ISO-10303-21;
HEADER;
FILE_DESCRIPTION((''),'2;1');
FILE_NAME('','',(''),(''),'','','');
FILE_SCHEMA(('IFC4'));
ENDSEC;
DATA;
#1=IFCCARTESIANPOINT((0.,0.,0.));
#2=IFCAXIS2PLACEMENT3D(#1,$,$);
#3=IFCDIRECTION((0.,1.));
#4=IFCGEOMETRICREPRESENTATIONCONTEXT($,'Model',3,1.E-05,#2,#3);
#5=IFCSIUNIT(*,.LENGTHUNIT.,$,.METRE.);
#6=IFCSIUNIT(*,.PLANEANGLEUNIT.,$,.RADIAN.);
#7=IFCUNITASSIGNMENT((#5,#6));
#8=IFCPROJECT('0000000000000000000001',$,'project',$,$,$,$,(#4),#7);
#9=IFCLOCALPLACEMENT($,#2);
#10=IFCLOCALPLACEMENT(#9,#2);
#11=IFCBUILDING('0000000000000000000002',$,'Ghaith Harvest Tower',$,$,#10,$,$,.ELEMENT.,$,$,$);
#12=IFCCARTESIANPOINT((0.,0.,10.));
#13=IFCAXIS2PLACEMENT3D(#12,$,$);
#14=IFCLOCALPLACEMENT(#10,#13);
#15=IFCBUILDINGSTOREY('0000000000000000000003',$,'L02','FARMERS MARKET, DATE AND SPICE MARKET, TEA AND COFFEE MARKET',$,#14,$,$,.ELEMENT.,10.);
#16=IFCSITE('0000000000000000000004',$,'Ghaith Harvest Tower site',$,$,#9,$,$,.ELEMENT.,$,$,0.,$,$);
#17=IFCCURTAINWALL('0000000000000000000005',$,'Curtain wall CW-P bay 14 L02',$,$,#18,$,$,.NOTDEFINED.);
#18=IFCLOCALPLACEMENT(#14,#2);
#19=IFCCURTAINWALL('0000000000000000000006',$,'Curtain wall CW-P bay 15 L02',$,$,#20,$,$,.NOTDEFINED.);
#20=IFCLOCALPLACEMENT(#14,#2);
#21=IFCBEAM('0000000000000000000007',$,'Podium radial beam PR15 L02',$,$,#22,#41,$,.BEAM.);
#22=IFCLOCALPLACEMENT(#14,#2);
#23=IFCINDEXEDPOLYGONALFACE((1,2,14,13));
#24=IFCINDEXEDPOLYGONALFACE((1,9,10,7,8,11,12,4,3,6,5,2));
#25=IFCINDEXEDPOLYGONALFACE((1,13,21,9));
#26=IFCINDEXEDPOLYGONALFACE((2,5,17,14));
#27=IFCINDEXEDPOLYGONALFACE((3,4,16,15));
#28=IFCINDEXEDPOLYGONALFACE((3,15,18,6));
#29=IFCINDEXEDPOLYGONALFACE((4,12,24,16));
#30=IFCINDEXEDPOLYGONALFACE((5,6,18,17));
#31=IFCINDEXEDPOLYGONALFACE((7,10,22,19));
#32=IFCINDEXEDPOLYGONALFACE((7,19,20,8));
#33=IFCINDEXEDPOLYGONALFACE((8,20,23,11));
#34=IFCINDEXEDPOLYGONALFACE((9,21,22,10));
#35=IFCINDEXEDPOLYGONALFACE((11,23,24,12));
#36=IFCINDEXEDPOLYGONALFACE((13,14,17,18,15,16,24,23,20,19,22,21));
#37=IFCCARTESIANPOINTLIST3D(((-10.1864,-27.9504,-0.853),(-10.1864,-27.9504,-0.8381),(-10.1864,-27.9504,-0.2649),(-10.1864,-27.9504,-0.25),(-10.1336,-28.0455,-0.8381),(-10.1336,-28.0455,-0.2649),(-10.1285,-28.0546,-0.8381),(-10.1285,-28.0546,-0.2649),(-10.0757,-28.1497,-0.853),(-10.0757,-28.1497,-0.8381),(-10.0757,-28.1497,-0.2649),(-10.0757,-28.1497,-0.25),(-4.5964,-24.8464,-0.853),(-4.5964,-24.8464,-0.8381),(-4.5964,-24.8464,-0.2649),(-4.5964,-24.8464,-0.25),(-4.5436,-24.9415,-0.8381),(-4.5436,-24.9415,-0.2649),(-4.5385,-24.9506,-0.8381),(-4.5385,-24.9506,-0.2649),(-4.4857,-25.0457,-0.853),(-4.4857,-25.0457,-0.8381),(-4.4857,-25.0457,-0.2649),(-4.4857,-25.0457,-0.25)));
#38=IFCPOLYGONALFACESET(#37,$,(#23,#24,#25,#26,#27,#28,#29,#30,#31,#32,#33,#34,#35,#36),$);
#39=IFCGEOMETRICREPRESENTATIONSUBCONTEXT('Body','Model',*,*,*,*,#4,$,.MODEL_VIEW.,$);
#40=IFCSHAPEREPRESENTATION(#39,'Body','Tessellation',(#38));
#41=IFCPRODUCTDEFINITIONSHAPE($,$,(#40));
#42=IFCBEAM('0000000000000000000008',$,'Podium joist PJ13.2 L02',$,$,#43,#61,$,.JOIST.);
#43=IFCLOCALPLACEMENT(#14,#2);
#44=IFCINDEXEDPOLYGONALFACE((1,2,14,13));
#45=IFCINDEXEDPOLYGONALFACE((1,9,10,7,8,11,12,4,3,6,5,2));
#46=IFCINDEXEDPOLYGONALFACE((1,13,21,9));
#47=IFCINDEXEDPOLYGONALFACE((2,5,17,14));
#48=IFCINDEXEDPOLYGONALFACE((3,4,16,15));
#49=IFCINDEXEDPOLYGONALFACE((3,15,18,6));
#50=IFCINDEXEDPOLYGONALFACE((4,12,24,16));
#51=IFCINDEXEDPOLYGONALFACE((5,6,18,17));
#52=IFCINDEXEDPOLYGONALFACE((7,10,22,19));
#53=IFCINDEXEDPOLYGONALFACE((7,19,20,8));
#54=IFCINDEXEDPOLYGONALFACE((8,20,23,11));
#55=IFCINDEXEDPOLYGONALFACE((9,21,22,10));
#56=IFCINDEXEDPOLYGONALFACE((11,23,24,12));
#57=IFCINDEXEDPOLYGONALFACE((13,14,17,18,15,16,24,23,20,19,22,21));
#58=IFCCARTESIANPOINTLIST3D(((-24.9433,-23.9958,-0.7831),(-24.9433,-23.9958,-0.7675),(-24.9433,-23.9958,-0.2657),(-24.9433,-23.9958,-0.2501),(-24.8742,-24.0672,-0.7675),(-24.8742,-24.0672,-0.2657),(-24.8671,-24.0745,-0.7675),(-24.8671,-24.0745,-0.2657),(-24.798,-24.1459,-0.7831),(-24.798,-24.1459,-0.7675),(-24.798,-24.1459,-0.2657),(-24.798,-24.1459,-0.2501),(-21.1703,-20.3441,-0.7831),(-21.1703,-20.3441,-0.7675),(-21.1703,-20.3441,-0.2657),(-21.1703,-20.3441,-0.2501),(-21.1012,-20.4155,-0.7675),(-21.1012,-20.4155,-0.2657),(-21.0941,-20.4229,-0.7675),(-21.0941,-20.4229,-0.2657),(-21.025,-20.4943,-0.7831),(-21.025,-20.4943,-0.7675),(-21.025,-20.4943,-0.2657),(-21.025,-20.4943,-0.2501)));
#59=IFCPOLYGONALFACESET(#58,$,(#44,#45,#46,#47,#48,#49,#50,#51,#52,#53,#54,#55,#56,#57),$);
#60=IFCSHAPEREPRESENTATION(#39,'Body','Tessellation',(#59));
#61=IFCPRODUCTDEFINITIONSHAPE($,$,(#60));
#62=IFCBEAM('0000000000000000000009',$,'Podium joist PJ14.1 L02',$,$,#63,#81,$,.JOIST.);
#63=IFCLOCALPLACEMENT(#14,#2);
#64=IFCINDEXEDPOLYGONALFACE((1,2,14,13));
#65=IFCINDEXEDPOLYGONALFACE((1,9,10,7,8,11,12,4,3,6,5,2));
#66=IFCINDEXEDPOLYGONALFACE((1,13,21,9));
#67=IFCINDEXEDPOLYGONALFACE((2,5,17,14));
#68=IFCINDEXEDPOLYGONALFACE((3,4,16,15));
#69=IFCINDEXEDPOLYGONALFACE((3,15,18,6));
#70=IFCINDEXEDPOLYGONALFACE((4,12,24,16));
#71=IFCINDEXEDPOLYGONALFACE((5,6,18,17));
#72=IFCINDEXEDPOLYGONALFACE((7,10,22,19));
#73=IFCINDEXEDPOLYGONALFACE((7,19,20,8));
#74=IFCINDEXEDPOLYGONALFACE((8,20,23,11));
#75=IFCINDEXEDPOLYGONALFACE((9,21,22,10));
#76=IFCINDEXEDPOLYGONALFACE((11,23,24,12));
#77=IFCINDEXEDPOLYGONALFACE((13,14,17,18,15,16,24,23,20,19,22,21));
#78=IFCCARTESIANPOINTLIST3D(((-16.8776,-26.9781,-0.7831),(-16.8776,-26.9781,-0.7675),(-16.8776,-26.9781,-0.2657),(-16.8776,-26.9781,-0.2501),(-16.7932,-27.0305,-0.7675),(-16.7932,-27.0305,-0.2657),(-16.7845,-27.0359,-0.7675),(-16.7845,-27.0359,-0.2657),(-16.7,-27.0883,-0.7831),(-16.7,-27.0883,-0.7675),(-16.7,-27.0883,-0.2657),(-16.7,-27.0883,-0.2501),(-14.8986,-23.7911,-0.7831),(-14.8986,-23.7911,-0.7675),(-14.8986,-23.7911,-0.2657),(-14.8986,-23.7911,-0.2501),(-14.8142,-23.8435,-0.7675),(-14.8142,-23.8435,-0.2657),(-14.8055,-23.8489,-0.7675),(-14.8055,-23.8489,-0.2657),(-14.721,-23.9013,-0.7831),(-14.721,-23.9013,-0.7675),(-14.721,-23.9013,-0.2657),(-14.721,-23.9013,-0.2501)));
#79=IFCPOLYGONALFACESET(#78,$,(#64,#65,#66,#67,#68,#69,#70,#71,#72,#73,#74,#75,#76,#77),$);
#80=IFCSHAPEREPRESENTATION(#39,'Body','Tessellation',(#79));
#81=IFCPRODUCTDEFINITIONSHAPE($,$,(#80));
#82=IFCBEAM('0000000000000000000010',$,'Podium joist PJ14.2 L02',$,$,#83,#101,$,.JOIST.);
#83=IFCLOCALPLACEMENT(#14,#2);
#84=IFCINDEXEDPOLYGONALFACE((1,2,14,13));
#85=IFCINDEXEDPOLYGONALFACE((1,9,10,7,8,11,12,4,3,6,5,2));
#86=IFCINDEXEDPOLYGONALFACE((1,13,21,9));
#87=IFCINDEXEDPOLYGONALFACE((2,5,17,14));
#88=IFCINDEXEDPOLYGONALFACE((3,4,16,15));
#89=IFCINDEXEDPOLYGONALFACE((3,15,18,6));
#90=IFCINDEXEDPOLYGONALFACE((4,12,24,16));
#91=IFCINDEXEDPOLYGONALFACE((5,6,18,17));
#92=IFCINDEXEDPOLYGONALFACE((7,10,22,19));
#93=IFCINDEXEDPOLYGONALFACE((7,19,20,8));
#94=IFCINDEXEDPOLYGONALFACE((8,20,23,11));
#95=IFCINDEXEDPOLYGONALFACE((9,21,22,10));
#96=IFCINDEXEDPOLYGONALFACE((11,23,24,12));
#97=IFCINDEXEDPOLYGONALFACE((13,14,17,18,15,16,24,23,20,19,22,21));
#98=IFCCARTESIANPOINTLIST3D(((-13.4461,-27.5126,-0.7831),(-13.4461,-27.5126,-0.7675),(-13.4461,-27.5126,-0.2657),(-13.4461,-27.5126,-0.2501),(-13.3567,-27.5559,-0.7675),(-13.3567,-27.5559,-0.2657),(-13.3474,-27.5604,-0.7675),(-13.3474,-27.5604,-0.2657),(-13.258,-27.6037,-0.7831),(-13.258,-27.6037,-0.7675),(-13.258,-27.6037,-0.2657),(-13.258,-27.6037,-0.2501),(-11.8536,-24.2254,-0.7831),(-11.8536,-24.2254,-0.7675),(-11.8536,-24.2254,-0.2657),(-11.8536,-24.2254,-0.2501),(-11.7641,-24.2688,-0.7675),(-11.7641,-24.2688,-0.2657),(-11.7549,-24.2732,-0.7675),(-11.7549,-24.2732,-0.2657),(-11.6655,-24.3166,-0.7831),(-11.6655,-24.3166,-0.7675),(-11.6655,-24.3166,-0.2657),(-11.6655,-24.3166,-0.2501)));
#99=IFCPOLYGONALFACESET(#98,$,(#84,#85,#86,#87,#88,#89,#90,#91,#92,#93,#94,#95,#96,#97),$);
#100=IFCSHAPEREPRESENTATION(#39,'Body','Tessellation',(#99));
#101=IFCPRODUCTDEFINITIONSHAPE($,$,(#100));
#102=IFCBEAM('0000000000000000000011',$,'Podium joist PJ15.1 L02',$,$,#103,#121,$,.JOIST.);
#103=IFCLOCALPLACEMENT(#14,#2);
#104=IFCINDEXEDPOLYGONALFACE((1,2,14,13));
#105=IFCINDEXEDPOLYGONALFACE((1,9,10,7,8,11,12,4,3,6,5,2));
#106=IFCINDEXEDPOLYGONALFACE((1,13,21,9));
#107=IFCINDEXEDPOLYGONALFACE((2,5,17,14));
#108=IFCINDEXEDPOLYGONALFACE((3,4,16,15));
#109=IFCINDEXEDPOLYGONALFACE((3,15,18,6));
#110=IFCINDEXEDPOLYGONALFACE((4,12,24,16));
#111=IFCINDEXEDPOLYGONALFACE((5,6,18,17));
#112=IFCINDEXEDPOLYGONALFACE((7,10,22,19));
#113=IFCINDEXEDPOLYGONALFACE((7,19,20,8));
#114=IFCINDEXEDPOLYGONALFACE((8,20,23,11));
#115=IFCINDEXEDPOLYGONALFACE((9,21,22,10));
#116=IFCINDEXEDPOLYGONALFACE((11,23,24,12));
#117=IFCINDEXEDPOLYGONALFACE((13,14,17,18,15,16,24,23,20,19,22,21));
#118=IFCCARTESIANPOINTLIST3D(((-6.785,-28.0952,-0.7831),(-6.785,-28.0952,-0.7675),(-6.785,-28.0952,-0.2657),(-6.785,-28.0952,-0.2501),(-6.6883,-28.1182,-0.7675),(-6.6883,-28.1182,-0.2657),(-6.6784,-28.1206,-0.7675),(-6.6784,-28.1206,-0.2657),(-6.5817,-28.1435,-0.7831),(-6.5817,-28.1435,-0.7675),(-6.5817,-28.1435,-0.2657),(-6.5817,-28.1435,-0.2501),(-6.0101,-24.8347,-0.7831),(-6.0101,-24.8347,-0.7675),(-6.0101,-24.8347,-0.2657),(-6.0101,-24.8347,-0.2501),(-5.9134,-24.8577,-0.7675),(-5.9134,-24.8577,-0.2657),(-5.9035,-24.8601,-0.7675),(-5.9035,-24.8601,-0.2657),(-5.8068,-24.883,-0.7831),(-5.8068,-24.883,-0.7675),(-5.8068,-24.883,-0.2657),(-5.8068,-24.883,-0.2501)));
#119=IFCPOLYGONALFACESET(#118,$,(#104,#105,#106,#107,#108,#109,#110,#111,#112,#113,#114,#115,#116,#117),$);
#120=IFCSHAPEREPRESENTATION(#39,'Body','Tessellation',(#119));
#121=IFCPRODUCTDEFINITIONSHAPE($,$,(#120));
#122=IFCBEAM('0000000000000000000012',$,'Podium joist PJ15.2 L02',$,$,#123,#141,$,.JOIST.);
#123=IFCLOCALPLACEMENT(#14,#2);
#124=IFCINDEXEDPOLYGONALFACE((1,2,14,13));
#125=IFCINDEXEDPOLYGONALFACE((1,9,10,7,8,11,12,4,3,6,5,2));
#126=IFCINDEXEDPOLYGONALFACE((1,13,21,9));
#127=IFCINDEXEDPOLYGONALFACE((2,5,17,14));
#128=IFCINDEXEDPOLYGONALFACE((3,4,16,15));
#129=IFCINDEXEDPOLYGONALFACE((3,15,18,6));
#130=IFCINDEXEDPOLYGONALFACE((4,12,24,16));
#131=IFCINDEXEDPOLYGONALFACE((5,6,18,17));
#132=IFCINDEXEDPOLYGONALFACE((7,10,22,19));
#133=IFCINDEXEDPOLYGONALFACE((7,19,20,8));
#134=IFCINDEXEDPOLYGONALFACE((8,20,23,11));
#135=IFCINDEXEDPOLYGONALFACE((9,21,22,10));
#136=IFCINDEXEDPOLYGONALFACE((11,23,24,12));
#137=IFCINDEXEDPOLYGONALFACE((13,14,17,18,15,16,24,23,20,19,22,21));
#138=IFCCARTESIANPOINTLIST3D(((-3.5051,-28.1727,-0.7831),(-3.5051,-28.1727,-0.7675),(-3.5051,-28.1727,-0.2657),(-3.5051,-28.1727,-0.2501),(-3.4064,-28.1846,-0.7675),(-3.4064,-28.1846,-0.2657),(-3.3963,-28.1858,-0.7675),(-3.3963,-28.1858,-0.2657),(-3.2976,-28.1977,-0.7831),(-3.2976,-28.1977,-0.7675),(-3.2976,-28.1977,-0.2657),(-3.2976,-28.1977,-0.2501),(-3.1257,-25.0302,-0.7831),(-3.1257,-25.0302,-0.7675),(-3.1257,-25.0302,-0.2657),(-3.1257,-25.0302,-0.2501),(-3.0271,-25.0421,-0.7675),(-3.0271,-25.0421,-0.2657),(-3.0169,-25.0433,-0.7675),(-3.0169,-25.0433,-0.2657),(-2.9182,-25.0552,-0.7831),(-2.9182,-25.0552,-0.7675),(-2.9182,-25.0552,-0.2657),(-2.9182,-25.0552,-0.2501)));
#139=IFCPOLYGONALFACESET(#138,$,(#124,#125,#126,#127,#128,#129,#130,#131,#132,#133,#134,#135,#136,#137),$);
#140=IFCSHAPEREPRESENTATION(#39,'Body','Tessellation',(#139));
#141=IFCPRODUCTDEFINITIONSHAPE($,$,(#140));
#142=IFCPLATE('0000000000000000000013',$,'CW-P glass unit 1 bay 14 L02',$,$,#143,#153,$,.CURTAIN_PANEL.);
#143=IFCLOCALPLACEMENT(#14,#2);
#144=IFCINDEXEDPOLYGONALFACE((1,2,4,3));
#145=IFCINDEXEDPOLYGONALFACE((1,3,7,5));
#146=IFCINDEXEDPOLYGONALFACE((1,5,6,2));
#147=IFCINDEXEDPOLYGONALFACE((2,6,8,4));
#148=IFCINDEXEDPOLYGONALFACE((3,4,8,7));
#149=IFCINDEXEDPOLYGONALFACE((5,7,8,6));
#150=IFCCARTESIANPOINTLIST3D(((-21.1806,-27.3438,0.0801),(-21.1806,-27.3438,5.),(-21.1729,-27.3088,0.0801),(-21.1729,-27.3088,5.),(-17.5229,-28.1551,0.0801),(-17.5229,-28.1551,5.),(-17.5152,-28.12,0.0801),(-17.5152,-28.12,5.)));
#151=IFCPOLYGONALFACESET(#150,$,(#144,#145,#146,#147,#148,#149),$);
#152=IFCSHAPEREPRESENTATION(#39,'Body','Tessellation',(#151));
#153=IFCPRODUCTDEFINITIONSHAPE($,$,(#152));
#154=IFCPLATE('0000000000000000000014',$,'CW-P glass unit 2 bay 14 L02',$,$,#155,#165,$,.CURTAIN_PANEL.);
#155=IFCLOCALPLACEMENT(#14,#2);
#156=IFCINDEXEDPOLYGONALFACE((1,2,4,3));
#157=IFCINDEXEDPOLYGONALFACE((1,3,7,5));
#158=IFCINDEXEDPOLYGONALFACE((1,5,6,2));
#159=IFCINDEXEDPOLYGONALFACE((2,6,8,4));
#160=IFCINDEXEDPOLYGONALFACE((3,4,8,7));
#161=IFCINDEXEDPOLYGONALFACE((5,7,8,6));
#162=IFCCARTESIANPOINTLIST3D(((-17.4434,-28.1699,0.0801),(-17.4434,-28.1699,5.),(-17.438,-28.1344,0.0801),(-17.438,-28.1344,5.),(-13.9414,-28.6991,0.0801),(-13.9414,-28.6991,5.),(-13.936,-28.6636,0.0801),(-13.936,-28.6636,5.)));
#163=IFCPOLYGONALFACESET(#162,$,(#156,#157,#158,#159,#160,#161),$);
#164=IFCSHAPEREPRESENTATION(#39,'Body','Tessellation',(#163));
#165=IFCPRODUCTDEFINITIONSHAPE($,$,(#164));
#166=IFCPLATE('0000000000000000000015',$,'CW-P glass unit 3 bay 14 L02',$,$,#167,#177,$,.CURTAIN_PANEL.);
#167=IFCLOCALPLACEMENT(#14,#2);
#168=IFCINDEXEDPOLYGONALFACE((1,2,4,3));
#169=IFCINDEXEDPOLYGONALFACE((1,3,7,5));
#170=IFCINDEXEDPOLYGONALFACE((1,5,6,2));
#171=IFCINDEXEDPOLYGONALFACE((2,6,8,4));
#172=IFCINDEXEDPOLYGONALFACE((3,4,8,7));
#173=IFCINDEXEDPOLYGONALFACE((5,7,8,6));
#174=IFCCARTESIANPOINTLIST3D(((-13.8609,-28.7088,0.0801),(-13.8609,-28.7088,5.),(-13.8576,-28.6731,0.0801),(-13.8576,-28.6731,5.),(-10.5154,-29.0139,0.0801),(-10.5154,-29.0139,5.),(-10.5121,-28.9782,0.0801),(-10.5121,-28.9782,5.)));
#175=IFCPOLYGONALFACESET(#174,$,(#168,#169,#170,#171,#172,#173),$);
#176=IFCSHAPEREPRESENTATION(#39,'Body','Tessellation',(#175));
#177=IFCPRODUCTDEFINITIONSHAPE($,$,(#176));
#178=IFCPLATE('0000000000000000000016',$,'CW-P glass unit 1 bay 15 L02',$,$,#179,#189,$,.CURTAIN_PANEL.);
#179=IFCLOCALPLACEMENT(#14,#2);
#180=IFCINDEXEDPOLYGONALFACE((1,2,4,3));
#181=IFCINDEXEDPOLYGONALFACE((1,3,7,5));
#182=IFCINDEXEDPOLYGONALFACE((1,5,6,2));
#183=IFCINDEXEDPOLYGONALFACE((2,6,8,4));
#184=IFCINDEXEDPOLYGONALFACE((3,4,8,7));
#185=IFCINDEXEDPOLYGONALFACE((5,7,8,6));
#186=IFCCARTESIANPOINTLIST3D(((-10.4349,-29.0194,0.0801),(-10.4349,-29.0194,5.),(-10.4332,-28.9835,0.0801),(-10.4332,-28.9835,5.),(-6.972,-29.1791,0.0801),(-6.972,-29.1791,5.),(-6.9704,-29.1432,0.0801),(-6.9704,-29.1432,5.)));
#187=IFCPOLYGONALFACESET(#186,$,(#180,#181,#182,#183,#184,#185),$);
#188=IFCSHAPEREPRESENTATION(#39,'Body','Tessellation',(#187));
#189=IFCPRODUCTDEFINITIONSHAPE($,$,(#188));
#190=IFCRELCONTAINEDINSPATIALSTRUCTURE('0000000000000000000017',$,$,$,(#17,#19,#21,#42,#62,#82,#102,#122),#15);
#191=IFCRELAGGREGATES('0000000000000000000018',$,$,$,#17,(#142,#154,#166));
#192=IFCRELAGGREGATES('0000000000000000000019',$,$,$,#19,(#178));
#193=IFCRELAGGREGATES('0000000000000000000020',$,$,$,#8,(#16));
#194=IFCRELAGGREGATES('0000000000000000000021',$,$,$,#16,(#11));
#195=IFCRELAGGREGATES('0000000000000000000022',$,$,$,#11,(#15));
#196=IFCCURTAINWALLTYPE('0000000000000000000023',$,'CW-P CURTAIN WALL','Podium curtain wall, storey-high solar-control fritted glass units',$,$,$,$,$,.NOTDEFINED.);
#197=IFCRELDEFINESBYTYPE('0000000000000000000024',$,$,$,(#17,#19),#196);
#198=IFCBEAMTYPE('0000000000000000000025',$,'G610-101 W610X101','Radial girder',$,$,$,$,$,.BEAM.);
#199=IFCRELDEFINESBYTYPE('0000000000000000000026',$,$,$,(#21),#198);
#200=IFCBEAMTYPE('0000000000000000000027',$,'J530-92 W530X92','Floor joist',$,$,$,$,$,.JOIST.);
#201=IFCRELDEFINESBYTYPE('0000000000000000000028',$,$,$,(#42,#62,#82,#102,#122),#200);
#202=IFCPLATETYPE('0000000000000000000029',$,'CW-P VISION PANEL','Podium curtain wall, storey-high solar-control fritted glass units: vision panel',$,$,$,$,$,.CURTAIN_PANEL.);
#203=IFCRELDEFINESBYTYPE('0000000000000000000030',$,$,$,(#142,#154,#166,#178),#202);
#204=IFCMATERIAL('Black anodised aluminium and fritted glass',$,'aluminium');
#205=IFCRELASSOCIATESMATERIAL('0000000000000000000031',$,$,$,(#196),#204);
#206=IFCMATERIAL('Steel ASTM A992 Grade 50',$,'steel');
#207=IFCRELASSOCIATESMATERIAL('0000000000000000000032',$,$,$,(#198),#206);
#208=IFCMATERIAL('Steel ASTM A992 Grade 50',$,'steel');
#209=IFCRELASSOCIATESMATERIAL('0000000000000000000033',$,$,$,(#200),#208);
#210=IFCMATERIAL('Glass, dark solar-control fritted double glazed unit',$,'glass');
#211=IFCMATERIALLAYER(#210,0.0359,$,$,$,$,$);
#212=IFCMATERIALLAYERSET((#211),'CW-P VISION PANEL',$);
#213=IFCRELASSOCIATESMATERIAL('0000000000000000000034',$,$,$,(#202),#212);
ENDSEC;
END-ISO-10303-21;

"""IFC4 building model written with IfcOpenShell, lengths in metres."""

from ifc_helpers import new_model, si_unit, direction, frame, origin, origin_2d, place, context, subcontext, project, spatial, rectangle, i_section, extrude, material, layer, layer_set, material_profile, profile_set, type_object, element, aggregate, save


model = new_model("IFC4")

# Units and contexts
model_context = context("Model", 3, precision=1e-05, world=origin(), true_north=direction((0.0, 1.0)))
body_context = subcontext(model_context, "Body", "Model", "MODEL_VIEW")
ifc_project = project(units=[si_unit("LENGTHUNIT", "METRE"), si_unit("PLANEANGLEUNIT", "RADIAN")], contexts=[model_context])

# Site, building, storey
site_placement = place(None, origin())
site = spatial("IfcSite", under=ifc_project, at=site_placement, Name="Ghaith Harvest Tower site", CompositionType="ELEMENT", RefElevation=0.0)
building_placement = place(site_placement, origin())
building = spatial("IfcBuilding", under=site, at=building_placement, Name="Ghaith Harvest Tower", CompositionType="ELEMENT")
storey_placement = place(building_placement, frame((0.0, 0.0, 10.0)))
storey = spatial("IfcBuildingStorey", under=building, at=storey_placement, Name="L02", Description="FARMERS MARKET, DATE AND SPICE MARKET, TEA AND COFFEE MARKET", CompositionType="ELEMENT", Elevation=10.0)

# Curtain walls
ifc_material_1 = material(Name="Black anodised aluminium and fritted glass", Category="aluminium")
curtain_wall_type = type_object("IfcCurtainWallType", Name="CW-P CURTAIN WALL", Description="Podium curtain wall, storey-high solar-control fritted glass units", PredefinedType="NOTDEFINED", material=ifc_material_1)
curtain_wall_1_placement = place(storey_placement, origin())
curtain_wall_1 = element("IfcCurtainWall", 1, at=curtain_wall_1_placement, inside=storey, type_object=curtain_wall_type, Name="Curtain wall CW-P bay 14 L02", PredefinedType="NOTDEFINED")
curtain_wall_2_placement = place(storey_placement, origin())
curtain_wall_2 = element("IfcCurtainWall", 2, at=curtain_wall_2_placement, inside=storey, type_object=curtain_wall_type, Name="Curtain wall CW-P bay 15 L02", PredefinedType="NOTDEFINED")

# Beams
ifc_material_2 = material(Name="Steel ASTM A992 Grade 50", Category="steel")
ifc_material_profile_1 = material_profile(ifc_material_2, i_section(OverallWidth=0.228, OverallDepth=0.603, WebThickness=0.0105, FlangeThickness=0.0149, at=origin_2d()), Name="W610X101")
ifc_profile_set_1 = profile_set([ifc_material_profile_1], Name="Steel ASTM A992 Grade 50")
beam_type_1 = type_object("IfcBeamType", Name="G610-101 W610X101", Description="Radial girder", PredefinedType="BEAM", material=ifc_profile_set_1)
beam_1_placement = place(storey_placement, frame((-4.541, -24.946, -0.5515), z_axis=(-0.874264, -0.485452, 0.0), x_axis=(0.485452, -0.874264, 0.0)))
element("IfcBeam", 3, at=beam_1_placement, inside=storey, type_object=beam_type_1, Name="Podium radial beam PR15 L02", PredefinedType="BEAM", context=body_context, shape_type="SweptSolid", body=[
    extrude(i_section(OverallWidth=0.228, OverallDepth=0.603, WebThickness=0.0105, FlangeThickness=0.0149, at=origin_2d()), origin(), (0.0, 0.0, 1.0), 6.394),
])
ifc_material_3 = material(Name="Steel ASTM A992 Grade 50", Category="steel")
ifc_material_profile_2 = material_profile(ifc_material_3, i_section(OverallWidth=0.209, OverallDepth=0.533, WebThickness=0.0103, FlangeThickness=0.0156, at=origin_2d()), Name="W530X92")
ifc_profile_set_2 = profile_set([ifc_material_profile_2], Name="Steel ASTM A992 Grade 50")
beam_type_2 = type_object("IfcBeamType", Name="J530-92 W530X92", Description="Floor joist", PredefinedType="JOIST", material=ifc_profile_set_2)
beam_2_placement = place(storey_placement, frame((-21.0977, -20.4192, -0.5166), z_axis=(-0.718567, -0.695458, 0.0), x_axis=(0.695458, -0.718567, 0.0)))
element("IfcBeam", 4, at=beam_2_placement, inside=storey, type_object=beam_type_2, Name="Podium joist PJ13.2 L02", PredefinedType="JOIST", context=body_context, shape_type="SweptSolid", body=[
    extrude(i_section(OverallWidth=0.209, OverallDepth=0.533, WebThickness=0.0103, FlangeThickness=0.0156, at=origin_2d()), origin(), (0.0, 0.0, 1.0), 5.2507),
])
beam_3_placement = place(storey_placement, frame((-14.8098, -23.8462, -0.5166), z_axis=(-0.527528, -0.849538, 0.0), x_axis=(0.849538, -0.527528, 0.0)))
element("IfcBeam", 5, at=beam_3_placement, inside=storey, type_object=beam_type_2, Name="Podium joist PJ14.1 L02", PredefinedType="JOIST", context=body_context, shape_type="SweptSolid", body=[
    extrude(i_section(OverallWidth=0.209, OverallDepth=0.533, WebThickness=0.0103, FlangeThickness=0.0156, at=origin_2d()), origin(), (0.0, 0.0, 1.0), 3.7515),
])
beam_4_placement = place(storey_placement, frame((-11.7595, -24.271, -0.5166), z_axis=(-0.436003, -0.899945, 0.0), x_axis=(0.899945, -0.436003, 0.0)))
element("IfcBeam", 6, at=beam_4_placement, inside=storey, type_object=beam_type_2, Name="Podium joist PJ14.2 L02", PredefinedType="JOIST", context=body_context, shape_type="SweptSolid", body=[
    extrude(i_section(OverallWidth=0.209, OverallDepth=0.533, WebThickness=0.0103, FlangeThickness=0.0156, at=origin_2d()), origin(), (0.0, 0.0, 1.0), 3.6526),
])
beam_5_placement = place(storey_placement, frame((-5.9084, -24.8589, -0.5166), z_axis=(-0.231223, -0.972901, 0.0), x_axis=(0.972901, -0.231223, 0.0)))
element("IfcBeam", 7, at=beam_5_placement, inside=storey, type_object=beam_type_2, Name="Podium joist PJ15.1 L02", PredefinedType="JOIST", context=body_context, shape_type="SweptSolid", body=[
    extrude(i_section(OverallWidth=0.209, OverallDepth=0.533, WebThickness=0.0103, FlangeThickness=0.0156, at=origin_2d()), origin(), (0.0, 0.0, 1.0), 3.3513),
])
beam_6_placement = place(storey_placement, frame((-3.022, -25.0427, -0.5166), z_axis=(-0.119857, -0.992791, 0.0), x_axis=(0.992791, -0.119857, 0.0)))
element("IfcBeam", 8, at=beam_6_placement, inside=storey, type_object=beam_type_2, Name="Podium joist PJ15.2 L02", PredefinedType="JOIST", context=body_context, shape_type="SweptSolid", body=[
    extrude(i_section(OverallWidth=0.209, OverallDepth=0.533, WebThickness=0.0103, FlangeThickness=0.0156, at=origin_2d()), origin(), (0.0, 0.0, 1.0), 3.1653),
])

# Plates
ifc_material_4 = material(Name="Glass, dark solar-control fritted double glazed unit", Category="glass")
ifc_layer_1 = layer(ifc_material_4, 0.0359)
ifc_layer_set_1 = layer_set([ifc_layer_1], Name="CW-P VISION PANEL")
plate_type = type_object("IfcPlateType", Name="CW-P VISION PANEL", Description="Podium curtain wall, storey-high solar-control fritted glass units: vision panel", PredefinedType="CURTAIN_PANEL", material=ifc_layer_set_1)
plate_1_placement = place(storey_placement, frame((-19.3479, -27.7319, 0.0801), z_axis=(0.0, 0.0, 1.0), x_axis=(0.976277, -0.216524, 0.0)))
plate_1 = element("IfcPlate", 9, at=plate_1_placement, type_object=plate_type, Name="CW-P glass unit 1 bay 14 L02", PredefinedType="CURTAIN_PANEL", context=body_context, shape_type="SweptSolid", body=[
    extrude(rectangle(XDim=3.7466, YDim=0.0359, at=origin_2d()), origin(), (0.0, 0.0, 1.0), 4.9199),
])
plate_2_placement = place(storey_placement, frame((-15.6897, -28.4167, 0.0801), z_axis=(0.0, 0.0, 1.0), x_axis=(0.988774, -0.149419, 0.0)))
plate_2 = element("IfcPlate", 10, at=plate_2_placement, type_object=plate_type, Name="CW-P glass unit 2 bay 14 L02", PredefinedType="CURTAIN_PANEL", context=body_context, shape_type="SweptSolid", body=[
    extrude(rectangle(XDim=3.5417, YDim=0.0359, at=origin_2d()), origin(), (0.0, 0.0, 1.0), 4.9199),
])
plate_3_placement = place(storey_placement, frame((-12.1865, -28.8435, 0.0801), z_axis=(0.0, 0.0, 1.0), x_axis=(0.995868, -0.090808, 0.0)))
plate_3 = element("IfcPlate", 11, at=plate_3_placement, type_object=plate_type, Name="CW-P glass unit 3 bay 14 L02", PredefinedType="CURTAIN_PANEL", context=body_context, shape_type="SweptSolid", body=[
    extrude(rectangle(XDim=3.3594, YDim=0.0359, at=origin_2d()), origin(), (0.0, 0.0, 1.0), 4.9199),
])
aggregate(curtain_wall_1, [plate_1, plate_2, plate_3])
plate_4_placement = place(storey_placement, frame((-8.7026, -29.0813, 0.0801), z_axis=(0.0, 0.0, 1.0), x_axis=(0.998939, -0.046057, 0.0)))
plate_4 = element("IfcPlate", 12, at=plate_4_placement, type_object=plate_type, Name="CW-P glass unit 1 bay 15 L02", PredefinedType="CURTAIN_PANEL", context=body_context, shape_type="SweptSolid", body=[
    extrude(rectangle(XDim=3.4666, YDim=0.0359, at=origin_2d()), origin(), (0.0, 0.0, 1.0), 4.9199),
])
aggregate(curtain_wall_2, [plate_4])

save(model, "model.ifc")
